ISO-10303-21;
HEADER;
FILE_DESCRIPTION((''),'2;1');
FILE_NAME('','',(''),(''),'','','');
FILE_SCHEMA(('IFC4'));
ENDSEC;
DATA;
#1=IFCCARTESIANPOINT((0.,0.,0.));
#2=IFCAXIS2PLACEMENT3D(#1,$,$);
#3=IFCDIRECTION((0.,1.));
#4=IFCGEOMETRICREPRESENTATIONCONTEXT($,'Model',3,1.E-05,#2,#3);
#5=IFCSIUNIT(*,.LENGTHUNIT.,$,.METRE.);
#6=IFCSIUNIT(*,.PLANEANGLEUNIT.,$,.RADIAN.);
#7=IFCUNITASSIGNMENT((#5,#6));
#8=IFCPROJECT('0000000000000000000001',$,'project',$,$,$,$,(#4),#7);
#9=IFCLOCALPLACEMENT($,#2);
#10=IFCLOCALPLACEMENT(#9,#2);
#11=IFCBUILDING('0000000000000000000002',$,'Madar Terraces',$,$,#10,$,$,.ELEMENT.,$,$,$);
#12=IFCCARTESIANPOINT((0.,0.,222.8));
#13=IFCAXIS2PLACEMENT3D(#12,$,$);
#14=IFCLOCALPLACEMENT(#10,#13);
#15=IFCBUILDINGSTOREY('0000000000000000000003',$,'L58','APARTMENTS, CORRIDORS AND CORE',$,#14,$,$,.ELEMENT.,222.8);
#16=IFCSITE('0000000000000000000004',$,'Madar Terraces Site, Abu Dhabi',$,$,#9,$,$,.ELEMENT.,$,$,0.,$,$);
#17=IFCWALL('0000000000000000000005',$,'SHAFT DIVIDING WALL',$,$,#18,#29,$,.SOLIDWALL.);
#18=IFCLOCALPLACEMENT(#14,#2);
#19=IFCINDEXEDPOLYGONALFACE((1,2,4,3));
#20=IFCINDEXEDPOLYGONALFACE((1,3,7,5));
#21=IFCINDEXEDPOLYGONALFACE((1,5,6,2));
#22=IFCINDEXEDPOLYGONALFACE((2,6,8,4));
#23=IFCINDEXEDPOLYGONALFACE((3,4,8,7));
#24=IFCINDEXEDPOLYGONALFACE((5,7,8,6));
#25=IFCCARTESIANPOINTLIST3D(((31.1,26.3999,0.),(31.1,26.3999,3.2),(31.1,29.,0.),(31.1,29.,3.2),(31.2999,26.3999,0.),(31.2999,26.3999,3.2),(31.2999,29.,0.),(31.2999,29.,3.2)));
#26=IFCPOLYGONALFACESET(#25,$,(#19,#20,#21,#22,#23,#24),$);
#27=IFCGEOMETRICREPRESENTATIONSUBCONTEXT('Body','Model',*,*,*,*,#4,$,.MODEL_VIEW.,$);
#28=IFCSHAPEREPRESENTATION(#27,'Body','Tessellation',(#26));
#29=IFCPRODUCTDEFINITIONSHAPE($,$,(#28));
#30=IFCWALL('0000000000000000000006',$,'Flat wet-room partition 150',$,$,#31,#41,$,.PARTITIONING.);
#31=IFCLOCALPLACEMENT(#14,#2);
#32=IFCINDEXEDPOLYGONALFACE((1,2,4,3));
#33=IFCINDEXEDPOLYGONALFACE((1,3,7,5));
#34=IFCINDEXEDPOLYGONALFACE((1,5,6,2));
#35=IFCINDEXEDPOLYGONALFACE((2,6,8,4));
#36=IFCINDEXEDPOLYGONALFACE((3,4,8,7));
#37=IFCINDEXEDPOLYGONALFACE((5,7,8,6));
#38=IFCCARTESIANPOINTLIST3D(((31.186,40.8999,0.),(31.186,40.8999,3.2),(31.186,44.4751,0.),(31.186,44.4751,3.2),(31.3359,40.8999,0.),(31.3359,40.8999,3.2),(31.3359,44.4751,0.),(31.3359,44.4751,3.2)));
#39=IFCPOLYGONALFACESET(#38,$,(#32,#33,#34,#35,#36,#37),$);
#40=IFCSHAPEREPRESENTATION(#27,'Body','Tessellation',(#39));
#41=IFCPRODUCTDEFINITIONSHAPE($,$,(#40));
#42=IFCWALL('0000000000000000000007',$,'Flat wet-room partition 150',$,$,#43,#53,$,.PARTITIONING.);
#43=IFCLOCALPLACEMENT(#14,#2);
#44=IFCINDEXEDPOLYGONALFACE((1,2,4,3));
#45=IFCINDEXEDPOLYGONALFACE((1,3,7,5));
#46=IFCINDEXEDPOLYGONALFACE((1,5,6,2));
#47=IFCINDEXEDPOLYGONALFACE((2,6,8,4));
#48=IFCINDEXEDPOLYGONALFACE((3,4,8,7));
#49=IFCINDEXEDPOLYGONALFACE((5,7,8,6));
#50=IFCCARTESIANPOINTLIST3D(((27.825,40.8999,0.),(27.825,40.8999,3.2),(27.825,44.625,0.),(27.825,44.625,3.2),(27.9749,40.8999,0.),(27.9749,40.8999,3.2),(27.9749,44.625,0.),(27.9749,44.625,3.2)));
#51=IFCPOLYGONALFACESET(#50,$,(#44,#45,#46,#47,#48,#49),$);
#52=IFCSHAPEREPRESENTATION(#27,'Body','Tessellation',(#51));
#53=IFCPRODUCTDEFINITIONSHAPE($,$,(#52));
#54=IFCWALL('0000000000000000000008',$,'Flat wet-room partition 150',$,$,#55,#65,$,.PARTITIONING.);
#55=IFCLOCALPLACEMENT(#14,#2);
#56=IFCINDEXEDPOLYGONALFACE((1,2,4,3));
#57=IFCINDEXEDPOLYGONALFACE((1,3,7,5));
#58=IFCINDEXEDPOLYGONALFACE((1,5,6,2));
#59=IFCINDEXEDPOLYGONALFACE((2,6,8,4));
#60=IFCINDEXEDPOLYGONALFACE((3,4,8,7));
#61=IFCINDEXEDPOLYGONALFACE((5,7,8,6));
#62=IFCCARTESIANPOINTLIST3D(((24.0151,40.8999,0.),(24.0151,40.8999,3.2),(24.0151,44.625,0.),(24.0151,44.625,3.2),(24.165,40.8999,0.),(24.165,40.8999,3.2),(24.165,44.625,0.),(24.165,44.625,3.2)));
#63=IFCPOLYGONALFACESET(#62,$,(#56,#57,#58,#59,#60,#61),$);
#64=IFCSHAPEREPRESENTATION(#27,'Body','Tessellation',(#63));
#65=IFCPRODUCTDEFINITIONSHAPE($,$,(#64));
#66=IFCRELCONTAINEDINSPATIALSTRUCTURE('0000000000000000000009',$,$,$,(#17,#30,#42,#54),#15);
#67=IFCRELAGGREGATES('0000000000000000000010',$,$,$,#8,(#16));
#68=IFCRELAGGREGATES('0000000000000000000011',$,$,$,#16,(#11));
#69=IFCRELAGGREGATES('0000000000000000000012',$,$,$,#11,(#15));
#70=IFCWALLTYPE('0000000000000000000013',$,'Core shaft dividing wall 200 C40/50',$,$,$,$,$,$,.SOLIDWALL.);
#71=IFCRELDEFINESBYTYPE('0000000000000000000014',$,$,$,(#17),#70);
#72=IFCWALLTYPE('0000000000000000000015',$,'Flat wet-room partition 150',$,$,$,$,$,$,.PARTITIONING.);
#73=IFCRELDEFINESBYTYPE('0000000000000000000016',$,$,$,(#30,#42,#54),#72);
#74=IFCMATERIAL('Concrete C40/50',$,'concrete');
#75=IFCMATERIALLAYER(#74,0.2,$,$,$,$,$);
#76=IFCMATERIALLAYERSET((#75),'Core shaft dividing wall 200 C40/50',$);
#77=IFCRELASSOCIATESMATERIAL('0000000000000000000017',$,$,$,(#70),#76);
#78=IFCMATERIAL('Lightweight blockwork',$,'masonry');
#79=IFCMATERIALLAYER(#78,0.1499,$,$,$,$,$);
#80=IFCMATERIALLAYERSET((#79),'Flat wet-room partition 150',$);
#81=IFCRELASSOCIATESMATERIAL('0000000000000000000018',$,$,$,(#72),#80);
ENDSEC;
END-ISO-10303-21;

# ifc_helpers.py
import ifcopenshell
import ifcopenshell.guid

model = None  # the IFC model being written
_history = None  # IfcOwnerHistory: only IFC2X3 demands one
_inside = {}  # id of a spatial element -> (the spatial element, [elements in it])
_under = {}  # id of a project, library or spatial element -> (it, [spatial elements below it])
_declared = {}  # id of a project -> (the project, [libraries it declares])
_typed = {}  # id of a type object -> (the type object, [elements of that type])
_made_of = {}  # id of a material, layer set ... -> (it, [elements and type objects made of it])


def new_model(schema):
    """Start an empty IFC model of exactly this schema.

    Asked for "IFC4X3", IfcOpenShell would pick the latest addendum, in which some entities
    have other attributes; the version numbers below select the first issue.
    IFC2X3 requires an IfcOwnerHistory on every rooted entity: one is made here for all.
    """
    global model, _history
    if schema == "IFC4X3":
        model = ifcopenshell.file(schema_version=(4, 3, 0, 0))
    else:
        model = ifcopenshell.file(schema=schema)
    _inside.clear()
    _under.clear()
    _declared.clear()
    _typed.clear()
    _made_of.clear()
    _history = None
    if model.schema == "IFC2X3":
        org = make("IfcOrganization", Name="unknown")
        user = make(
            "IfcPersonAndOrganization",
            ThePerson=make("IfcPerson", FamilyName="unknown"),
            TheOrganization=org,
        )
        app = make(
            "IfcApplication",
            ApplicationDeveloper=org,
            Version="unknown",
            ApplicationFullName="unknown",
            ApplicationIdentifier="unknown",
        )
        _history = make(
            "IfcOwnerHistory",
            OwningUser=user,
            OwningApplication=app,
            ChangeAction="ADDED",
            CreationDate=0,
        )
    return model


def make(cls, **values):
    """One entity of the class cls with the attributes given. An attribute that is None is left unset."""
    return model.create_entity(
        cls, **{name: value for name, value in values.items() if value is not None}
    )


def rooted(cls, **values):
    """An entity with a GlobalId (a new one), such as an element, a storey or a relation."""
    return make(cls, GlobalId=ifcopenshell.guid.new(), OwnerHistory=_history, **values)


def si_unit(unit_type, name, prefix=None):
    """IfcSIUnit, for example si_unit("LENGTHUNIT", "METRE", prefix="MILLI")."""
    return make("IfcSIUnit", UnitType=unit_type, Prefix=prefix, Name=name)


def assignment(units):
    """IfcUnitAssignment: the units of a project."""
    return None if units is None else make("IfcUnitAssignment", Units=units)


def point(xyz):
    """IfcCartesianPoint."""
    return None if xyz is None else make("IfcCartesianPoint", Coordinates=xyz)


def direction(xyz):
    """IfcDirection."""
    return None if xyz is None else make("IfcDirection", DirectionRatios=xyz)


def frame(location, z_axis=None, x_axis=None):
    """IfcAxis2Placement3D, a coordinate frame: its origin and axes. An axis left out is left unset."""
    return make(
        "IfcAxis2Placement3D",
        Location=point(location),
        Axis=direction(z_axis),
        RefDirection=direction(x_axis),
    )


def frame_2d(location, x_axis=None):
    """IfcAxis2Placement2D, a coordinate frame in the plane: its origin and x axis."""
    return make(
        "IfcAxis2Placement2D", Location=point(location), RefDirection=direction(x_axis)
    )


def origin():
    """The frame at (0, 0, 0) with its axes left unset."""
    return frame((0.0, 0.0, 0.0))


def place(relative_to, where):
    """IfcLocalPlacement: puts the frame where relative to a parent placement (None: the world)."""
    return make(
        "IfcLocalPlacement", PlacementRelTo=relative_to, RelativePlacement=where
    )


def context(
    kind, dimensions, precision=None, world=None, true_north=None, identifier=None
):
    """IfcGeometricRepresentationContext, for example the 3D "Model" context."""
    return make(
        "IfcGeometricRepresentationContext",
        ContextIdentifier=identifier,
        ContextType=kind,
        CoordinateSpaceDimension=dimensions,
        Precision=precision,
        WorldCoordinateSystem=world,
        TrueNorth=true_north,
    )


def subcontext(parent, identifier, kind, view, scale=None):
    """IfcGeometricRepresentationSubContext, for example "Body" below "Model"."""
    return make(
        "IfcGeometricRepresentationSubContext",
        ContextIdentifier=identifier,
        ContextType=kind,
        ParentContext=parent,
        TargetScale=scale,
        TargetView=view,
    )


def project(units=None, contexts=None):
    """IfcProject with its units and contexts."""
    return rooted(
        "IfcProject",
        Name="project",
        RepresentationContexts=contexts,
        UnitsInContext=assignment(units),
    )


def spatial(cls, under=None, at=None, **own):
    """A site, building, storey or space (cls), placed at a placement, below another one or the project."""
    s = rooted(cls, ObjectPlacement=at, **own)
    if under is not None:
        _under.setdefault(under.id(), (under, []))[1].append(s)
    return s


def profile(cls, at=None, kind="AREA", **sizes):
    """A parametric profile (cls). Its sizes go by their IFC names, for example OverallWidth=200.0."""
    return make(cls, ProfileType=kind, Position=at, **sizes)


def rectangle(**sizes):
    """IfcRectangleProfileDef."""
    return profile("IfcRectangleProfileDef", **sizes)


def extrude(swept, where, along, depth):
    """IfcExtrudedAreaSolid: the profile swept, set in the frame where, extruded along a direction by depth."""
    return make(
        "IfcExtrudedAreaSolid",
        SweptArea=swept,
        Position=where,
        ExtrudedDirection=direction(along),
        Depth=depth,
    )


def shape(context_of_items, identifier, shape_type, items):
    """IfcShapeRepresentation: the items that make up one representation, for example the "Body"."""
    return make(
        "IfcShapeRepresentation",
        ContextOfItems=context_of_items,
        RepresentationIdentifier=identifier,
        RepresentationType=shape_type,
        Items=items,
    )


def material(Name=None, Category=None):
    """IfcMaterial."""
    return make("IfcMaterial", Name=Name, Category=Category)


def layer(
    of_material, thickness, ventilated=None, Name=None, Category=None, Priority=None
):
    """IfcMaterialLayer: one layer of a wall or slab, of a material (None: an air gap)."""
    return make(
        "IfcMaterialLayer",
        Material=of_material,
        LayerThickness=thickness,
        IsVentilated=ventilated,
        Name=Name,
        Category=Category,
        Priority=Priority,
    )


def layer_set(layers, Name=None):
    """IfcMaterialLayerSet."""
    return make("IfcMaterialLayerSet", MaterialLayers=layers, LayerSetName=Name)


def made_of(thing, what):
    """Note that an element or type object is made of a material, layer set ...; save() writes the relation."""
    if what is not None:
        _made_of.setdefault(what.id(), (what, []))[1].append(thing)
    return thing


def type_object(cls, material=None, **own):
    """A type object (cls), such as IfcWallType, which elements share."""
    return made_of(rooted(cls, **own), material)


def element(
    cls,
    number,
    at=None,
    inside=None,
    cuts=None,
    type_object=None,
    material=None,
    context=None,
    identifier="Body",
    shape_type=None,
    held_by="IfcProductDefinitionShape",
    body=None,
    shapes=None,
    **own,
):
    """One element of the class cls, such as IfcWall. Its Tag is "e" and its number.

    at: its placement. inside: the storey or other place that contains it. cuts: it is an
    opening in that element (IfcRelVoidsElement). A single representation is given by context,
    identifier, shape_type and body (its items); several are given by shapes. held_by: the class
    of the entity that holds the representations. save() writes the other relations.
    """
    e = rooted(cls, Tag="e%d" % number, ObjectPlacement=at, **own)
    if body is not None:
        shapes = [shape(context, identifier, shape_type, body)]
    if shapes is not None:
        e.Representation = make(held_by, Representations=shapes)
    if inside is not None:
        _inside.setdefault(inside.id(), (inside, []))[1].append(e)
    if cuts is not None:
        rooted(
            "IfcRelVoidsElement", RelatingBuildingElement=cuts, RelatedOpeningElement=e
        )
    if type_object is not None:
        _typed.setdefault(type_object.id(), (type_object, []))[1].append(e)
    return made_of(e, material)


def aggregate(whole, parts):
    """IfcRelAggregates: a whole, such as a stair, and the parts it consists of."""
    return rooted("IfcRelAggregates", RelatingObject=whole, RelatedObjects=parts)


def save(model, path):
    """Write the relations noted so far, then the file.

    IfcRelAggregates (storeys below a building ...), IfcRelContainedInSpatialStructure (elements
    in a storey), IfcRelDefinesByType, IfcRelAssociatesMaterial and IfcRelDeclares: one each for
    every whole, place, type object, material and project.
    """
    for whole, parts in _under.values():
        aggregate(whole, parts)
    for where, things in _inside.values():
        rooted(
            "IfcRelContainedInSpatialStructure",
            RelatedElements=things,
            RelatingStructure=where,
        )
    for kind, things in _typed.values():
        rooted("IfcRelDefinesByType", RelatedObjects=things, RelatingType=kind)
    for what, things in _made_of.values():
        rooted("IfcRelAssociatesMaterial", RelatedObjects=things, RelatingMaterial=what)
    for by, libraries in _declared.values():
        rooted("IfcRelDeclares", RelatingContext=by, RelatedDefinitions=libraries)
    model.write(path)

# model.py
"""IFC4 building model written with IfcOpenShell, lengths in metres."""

from ifc_helpers import new_model, si_unit, direction, frame, frame_2d, origin, place, context, subcontext, project, spatial, rectangle, extrude, material, layer, layer_set, type_object, element, save


model = new_model("IFC4")

# Units and contexts
model_context = context("Model", 3, precision=1e-05, world=origin(), true_north=direction((0.0, 1.0)))
body_context = subcontext(model_context, "Body", "Model", "MODEL_VIEW")
ifc_project = project(units=[si_unit("LENGTHUNIT", "METRE"), si_unit("PLANEANGLEUNIT", "RADIAN")], contexts=[model_context])

# Site, building, storey
site_placement = place(None, origin())
site = spatial("IfcSite", under=ifc_project, at=site_placement, Name="Madar Terraces Site, Abu Dhabi", CompositionType="ELEMENT", RefElevation=0.0)
building_placement = place(site_placement, origin())
building = spatial("IfcBuilding", under=site, at=building_placement, Name="Madar Terraces", CompositionType="ELEMENT")
storey_placement = place(building_placement, frame((0.0, 0.0, 222.8)))
storey = spatial("IfcBuildingStorey", under=building, at=storey_placement, Name="L58", Description="APARTMENTS, CORRIDORS AND CORE", CompositionType="ELEMENT", Elevation=222.8)

# Walls
ifc_material_1 = material(Name="Concrete C40/50", Category="concrete")
ifc_layer_1 = layer(ifc_material_1, 0.2)
ifc_layer_set_1 = layer_set([ifc_layer_1], Name="Core shaft dividing wall 200 C40/50")
wall_type_1 = type_object("IfcWallType", Name="Core shaft dividing wall 200 C40/50", PredefinedType="SOLIDWALL", material=ifc_layer_set_1)
wall_1_placement = place(storey_placement, frame((31.2, 26.3999, 0.0), z_axis=(0.0, 0.0, 1.0), x_axis=(0.0, 1.0, 0.0)))
element("IfcWall", 1, at=wall_1_placement, inside=storey, type_object=wall_type_1, Name="SHAFT DIVIDING WALL", PredefinedType="SOLIDWALL", context=body_context, shape_type="SweptSolid", body=[
    extrude(rectangle(XDim=2.6001, YDim=0.2, at=frame_2d((1.3, 0.0))), origin(), (0.0, 0.0, 1.0), 3.2),
])
ifc_material_2 = material(Name="Lightweight blockwork", Category="masonry")
ifc_layer_2 = layer(ifc_material_2, 0.1499)
ifc_layer_set_2 = layer_set([ifc_layer_2], Name="Flat wet-room partition 150")
wall_type_2 = type_object("IfcWallType", Name="Flat wet-room partition 150", PredefinedType="PARTITIONING", material=ifc_layer_set_2)
wall_2_placement = place(storey_placement, frame((31.261, 40.8999, 0.0), z_axis=(0.0, 0.0, 1.0), x_axis=(0.0, 1.0, 0.0)))
element("IfcWall", 2, at=wall_2_placement, inside=storey, type_object=wall_type_2, Name="Flat wet-room partition 150", PredefinedType="PARTITIONING", context=body_context, shape_type="SweptSolid", body=[
    extrude(rectangle(XDim=3.5752, YDim=0.1499, at=frame_2d((1.7876, 0.0))), origin(), (0.0, 0.0, 1.0), 3.2),
])
for number, where, z_axis, x_axis, name in (
    (3, (27.8999, 40.8999, 0.0), (0.0, 0.0, 1.0), (0.0, 1.0, 0.0), "Flat wet-room partition 150"),
    (4, (24.0901, 40.8999, 0.0), (0.0, 0.0, 1.0), (0.0, 1.0, 0.0), "Flat wet-room partition 150"),
):
    element("IfcWall", number, at=place(storey_placement, frame(where, z_axis=z_axis, x_axis=x_axis)), inside=storey, type_object=wall_type_2, Name=name, PredefinedType="PARTITIONING", context=body_context, shape_type="SweptSolid", body=[
        extrude(rectangle(XDim=3.7251, YDim=0.1499, at=frame_2d((1.8625, 0.0))), origin(), (0.0, 0.0, 1.0), 3.2),
    ])

save(model, "model.ifc")
